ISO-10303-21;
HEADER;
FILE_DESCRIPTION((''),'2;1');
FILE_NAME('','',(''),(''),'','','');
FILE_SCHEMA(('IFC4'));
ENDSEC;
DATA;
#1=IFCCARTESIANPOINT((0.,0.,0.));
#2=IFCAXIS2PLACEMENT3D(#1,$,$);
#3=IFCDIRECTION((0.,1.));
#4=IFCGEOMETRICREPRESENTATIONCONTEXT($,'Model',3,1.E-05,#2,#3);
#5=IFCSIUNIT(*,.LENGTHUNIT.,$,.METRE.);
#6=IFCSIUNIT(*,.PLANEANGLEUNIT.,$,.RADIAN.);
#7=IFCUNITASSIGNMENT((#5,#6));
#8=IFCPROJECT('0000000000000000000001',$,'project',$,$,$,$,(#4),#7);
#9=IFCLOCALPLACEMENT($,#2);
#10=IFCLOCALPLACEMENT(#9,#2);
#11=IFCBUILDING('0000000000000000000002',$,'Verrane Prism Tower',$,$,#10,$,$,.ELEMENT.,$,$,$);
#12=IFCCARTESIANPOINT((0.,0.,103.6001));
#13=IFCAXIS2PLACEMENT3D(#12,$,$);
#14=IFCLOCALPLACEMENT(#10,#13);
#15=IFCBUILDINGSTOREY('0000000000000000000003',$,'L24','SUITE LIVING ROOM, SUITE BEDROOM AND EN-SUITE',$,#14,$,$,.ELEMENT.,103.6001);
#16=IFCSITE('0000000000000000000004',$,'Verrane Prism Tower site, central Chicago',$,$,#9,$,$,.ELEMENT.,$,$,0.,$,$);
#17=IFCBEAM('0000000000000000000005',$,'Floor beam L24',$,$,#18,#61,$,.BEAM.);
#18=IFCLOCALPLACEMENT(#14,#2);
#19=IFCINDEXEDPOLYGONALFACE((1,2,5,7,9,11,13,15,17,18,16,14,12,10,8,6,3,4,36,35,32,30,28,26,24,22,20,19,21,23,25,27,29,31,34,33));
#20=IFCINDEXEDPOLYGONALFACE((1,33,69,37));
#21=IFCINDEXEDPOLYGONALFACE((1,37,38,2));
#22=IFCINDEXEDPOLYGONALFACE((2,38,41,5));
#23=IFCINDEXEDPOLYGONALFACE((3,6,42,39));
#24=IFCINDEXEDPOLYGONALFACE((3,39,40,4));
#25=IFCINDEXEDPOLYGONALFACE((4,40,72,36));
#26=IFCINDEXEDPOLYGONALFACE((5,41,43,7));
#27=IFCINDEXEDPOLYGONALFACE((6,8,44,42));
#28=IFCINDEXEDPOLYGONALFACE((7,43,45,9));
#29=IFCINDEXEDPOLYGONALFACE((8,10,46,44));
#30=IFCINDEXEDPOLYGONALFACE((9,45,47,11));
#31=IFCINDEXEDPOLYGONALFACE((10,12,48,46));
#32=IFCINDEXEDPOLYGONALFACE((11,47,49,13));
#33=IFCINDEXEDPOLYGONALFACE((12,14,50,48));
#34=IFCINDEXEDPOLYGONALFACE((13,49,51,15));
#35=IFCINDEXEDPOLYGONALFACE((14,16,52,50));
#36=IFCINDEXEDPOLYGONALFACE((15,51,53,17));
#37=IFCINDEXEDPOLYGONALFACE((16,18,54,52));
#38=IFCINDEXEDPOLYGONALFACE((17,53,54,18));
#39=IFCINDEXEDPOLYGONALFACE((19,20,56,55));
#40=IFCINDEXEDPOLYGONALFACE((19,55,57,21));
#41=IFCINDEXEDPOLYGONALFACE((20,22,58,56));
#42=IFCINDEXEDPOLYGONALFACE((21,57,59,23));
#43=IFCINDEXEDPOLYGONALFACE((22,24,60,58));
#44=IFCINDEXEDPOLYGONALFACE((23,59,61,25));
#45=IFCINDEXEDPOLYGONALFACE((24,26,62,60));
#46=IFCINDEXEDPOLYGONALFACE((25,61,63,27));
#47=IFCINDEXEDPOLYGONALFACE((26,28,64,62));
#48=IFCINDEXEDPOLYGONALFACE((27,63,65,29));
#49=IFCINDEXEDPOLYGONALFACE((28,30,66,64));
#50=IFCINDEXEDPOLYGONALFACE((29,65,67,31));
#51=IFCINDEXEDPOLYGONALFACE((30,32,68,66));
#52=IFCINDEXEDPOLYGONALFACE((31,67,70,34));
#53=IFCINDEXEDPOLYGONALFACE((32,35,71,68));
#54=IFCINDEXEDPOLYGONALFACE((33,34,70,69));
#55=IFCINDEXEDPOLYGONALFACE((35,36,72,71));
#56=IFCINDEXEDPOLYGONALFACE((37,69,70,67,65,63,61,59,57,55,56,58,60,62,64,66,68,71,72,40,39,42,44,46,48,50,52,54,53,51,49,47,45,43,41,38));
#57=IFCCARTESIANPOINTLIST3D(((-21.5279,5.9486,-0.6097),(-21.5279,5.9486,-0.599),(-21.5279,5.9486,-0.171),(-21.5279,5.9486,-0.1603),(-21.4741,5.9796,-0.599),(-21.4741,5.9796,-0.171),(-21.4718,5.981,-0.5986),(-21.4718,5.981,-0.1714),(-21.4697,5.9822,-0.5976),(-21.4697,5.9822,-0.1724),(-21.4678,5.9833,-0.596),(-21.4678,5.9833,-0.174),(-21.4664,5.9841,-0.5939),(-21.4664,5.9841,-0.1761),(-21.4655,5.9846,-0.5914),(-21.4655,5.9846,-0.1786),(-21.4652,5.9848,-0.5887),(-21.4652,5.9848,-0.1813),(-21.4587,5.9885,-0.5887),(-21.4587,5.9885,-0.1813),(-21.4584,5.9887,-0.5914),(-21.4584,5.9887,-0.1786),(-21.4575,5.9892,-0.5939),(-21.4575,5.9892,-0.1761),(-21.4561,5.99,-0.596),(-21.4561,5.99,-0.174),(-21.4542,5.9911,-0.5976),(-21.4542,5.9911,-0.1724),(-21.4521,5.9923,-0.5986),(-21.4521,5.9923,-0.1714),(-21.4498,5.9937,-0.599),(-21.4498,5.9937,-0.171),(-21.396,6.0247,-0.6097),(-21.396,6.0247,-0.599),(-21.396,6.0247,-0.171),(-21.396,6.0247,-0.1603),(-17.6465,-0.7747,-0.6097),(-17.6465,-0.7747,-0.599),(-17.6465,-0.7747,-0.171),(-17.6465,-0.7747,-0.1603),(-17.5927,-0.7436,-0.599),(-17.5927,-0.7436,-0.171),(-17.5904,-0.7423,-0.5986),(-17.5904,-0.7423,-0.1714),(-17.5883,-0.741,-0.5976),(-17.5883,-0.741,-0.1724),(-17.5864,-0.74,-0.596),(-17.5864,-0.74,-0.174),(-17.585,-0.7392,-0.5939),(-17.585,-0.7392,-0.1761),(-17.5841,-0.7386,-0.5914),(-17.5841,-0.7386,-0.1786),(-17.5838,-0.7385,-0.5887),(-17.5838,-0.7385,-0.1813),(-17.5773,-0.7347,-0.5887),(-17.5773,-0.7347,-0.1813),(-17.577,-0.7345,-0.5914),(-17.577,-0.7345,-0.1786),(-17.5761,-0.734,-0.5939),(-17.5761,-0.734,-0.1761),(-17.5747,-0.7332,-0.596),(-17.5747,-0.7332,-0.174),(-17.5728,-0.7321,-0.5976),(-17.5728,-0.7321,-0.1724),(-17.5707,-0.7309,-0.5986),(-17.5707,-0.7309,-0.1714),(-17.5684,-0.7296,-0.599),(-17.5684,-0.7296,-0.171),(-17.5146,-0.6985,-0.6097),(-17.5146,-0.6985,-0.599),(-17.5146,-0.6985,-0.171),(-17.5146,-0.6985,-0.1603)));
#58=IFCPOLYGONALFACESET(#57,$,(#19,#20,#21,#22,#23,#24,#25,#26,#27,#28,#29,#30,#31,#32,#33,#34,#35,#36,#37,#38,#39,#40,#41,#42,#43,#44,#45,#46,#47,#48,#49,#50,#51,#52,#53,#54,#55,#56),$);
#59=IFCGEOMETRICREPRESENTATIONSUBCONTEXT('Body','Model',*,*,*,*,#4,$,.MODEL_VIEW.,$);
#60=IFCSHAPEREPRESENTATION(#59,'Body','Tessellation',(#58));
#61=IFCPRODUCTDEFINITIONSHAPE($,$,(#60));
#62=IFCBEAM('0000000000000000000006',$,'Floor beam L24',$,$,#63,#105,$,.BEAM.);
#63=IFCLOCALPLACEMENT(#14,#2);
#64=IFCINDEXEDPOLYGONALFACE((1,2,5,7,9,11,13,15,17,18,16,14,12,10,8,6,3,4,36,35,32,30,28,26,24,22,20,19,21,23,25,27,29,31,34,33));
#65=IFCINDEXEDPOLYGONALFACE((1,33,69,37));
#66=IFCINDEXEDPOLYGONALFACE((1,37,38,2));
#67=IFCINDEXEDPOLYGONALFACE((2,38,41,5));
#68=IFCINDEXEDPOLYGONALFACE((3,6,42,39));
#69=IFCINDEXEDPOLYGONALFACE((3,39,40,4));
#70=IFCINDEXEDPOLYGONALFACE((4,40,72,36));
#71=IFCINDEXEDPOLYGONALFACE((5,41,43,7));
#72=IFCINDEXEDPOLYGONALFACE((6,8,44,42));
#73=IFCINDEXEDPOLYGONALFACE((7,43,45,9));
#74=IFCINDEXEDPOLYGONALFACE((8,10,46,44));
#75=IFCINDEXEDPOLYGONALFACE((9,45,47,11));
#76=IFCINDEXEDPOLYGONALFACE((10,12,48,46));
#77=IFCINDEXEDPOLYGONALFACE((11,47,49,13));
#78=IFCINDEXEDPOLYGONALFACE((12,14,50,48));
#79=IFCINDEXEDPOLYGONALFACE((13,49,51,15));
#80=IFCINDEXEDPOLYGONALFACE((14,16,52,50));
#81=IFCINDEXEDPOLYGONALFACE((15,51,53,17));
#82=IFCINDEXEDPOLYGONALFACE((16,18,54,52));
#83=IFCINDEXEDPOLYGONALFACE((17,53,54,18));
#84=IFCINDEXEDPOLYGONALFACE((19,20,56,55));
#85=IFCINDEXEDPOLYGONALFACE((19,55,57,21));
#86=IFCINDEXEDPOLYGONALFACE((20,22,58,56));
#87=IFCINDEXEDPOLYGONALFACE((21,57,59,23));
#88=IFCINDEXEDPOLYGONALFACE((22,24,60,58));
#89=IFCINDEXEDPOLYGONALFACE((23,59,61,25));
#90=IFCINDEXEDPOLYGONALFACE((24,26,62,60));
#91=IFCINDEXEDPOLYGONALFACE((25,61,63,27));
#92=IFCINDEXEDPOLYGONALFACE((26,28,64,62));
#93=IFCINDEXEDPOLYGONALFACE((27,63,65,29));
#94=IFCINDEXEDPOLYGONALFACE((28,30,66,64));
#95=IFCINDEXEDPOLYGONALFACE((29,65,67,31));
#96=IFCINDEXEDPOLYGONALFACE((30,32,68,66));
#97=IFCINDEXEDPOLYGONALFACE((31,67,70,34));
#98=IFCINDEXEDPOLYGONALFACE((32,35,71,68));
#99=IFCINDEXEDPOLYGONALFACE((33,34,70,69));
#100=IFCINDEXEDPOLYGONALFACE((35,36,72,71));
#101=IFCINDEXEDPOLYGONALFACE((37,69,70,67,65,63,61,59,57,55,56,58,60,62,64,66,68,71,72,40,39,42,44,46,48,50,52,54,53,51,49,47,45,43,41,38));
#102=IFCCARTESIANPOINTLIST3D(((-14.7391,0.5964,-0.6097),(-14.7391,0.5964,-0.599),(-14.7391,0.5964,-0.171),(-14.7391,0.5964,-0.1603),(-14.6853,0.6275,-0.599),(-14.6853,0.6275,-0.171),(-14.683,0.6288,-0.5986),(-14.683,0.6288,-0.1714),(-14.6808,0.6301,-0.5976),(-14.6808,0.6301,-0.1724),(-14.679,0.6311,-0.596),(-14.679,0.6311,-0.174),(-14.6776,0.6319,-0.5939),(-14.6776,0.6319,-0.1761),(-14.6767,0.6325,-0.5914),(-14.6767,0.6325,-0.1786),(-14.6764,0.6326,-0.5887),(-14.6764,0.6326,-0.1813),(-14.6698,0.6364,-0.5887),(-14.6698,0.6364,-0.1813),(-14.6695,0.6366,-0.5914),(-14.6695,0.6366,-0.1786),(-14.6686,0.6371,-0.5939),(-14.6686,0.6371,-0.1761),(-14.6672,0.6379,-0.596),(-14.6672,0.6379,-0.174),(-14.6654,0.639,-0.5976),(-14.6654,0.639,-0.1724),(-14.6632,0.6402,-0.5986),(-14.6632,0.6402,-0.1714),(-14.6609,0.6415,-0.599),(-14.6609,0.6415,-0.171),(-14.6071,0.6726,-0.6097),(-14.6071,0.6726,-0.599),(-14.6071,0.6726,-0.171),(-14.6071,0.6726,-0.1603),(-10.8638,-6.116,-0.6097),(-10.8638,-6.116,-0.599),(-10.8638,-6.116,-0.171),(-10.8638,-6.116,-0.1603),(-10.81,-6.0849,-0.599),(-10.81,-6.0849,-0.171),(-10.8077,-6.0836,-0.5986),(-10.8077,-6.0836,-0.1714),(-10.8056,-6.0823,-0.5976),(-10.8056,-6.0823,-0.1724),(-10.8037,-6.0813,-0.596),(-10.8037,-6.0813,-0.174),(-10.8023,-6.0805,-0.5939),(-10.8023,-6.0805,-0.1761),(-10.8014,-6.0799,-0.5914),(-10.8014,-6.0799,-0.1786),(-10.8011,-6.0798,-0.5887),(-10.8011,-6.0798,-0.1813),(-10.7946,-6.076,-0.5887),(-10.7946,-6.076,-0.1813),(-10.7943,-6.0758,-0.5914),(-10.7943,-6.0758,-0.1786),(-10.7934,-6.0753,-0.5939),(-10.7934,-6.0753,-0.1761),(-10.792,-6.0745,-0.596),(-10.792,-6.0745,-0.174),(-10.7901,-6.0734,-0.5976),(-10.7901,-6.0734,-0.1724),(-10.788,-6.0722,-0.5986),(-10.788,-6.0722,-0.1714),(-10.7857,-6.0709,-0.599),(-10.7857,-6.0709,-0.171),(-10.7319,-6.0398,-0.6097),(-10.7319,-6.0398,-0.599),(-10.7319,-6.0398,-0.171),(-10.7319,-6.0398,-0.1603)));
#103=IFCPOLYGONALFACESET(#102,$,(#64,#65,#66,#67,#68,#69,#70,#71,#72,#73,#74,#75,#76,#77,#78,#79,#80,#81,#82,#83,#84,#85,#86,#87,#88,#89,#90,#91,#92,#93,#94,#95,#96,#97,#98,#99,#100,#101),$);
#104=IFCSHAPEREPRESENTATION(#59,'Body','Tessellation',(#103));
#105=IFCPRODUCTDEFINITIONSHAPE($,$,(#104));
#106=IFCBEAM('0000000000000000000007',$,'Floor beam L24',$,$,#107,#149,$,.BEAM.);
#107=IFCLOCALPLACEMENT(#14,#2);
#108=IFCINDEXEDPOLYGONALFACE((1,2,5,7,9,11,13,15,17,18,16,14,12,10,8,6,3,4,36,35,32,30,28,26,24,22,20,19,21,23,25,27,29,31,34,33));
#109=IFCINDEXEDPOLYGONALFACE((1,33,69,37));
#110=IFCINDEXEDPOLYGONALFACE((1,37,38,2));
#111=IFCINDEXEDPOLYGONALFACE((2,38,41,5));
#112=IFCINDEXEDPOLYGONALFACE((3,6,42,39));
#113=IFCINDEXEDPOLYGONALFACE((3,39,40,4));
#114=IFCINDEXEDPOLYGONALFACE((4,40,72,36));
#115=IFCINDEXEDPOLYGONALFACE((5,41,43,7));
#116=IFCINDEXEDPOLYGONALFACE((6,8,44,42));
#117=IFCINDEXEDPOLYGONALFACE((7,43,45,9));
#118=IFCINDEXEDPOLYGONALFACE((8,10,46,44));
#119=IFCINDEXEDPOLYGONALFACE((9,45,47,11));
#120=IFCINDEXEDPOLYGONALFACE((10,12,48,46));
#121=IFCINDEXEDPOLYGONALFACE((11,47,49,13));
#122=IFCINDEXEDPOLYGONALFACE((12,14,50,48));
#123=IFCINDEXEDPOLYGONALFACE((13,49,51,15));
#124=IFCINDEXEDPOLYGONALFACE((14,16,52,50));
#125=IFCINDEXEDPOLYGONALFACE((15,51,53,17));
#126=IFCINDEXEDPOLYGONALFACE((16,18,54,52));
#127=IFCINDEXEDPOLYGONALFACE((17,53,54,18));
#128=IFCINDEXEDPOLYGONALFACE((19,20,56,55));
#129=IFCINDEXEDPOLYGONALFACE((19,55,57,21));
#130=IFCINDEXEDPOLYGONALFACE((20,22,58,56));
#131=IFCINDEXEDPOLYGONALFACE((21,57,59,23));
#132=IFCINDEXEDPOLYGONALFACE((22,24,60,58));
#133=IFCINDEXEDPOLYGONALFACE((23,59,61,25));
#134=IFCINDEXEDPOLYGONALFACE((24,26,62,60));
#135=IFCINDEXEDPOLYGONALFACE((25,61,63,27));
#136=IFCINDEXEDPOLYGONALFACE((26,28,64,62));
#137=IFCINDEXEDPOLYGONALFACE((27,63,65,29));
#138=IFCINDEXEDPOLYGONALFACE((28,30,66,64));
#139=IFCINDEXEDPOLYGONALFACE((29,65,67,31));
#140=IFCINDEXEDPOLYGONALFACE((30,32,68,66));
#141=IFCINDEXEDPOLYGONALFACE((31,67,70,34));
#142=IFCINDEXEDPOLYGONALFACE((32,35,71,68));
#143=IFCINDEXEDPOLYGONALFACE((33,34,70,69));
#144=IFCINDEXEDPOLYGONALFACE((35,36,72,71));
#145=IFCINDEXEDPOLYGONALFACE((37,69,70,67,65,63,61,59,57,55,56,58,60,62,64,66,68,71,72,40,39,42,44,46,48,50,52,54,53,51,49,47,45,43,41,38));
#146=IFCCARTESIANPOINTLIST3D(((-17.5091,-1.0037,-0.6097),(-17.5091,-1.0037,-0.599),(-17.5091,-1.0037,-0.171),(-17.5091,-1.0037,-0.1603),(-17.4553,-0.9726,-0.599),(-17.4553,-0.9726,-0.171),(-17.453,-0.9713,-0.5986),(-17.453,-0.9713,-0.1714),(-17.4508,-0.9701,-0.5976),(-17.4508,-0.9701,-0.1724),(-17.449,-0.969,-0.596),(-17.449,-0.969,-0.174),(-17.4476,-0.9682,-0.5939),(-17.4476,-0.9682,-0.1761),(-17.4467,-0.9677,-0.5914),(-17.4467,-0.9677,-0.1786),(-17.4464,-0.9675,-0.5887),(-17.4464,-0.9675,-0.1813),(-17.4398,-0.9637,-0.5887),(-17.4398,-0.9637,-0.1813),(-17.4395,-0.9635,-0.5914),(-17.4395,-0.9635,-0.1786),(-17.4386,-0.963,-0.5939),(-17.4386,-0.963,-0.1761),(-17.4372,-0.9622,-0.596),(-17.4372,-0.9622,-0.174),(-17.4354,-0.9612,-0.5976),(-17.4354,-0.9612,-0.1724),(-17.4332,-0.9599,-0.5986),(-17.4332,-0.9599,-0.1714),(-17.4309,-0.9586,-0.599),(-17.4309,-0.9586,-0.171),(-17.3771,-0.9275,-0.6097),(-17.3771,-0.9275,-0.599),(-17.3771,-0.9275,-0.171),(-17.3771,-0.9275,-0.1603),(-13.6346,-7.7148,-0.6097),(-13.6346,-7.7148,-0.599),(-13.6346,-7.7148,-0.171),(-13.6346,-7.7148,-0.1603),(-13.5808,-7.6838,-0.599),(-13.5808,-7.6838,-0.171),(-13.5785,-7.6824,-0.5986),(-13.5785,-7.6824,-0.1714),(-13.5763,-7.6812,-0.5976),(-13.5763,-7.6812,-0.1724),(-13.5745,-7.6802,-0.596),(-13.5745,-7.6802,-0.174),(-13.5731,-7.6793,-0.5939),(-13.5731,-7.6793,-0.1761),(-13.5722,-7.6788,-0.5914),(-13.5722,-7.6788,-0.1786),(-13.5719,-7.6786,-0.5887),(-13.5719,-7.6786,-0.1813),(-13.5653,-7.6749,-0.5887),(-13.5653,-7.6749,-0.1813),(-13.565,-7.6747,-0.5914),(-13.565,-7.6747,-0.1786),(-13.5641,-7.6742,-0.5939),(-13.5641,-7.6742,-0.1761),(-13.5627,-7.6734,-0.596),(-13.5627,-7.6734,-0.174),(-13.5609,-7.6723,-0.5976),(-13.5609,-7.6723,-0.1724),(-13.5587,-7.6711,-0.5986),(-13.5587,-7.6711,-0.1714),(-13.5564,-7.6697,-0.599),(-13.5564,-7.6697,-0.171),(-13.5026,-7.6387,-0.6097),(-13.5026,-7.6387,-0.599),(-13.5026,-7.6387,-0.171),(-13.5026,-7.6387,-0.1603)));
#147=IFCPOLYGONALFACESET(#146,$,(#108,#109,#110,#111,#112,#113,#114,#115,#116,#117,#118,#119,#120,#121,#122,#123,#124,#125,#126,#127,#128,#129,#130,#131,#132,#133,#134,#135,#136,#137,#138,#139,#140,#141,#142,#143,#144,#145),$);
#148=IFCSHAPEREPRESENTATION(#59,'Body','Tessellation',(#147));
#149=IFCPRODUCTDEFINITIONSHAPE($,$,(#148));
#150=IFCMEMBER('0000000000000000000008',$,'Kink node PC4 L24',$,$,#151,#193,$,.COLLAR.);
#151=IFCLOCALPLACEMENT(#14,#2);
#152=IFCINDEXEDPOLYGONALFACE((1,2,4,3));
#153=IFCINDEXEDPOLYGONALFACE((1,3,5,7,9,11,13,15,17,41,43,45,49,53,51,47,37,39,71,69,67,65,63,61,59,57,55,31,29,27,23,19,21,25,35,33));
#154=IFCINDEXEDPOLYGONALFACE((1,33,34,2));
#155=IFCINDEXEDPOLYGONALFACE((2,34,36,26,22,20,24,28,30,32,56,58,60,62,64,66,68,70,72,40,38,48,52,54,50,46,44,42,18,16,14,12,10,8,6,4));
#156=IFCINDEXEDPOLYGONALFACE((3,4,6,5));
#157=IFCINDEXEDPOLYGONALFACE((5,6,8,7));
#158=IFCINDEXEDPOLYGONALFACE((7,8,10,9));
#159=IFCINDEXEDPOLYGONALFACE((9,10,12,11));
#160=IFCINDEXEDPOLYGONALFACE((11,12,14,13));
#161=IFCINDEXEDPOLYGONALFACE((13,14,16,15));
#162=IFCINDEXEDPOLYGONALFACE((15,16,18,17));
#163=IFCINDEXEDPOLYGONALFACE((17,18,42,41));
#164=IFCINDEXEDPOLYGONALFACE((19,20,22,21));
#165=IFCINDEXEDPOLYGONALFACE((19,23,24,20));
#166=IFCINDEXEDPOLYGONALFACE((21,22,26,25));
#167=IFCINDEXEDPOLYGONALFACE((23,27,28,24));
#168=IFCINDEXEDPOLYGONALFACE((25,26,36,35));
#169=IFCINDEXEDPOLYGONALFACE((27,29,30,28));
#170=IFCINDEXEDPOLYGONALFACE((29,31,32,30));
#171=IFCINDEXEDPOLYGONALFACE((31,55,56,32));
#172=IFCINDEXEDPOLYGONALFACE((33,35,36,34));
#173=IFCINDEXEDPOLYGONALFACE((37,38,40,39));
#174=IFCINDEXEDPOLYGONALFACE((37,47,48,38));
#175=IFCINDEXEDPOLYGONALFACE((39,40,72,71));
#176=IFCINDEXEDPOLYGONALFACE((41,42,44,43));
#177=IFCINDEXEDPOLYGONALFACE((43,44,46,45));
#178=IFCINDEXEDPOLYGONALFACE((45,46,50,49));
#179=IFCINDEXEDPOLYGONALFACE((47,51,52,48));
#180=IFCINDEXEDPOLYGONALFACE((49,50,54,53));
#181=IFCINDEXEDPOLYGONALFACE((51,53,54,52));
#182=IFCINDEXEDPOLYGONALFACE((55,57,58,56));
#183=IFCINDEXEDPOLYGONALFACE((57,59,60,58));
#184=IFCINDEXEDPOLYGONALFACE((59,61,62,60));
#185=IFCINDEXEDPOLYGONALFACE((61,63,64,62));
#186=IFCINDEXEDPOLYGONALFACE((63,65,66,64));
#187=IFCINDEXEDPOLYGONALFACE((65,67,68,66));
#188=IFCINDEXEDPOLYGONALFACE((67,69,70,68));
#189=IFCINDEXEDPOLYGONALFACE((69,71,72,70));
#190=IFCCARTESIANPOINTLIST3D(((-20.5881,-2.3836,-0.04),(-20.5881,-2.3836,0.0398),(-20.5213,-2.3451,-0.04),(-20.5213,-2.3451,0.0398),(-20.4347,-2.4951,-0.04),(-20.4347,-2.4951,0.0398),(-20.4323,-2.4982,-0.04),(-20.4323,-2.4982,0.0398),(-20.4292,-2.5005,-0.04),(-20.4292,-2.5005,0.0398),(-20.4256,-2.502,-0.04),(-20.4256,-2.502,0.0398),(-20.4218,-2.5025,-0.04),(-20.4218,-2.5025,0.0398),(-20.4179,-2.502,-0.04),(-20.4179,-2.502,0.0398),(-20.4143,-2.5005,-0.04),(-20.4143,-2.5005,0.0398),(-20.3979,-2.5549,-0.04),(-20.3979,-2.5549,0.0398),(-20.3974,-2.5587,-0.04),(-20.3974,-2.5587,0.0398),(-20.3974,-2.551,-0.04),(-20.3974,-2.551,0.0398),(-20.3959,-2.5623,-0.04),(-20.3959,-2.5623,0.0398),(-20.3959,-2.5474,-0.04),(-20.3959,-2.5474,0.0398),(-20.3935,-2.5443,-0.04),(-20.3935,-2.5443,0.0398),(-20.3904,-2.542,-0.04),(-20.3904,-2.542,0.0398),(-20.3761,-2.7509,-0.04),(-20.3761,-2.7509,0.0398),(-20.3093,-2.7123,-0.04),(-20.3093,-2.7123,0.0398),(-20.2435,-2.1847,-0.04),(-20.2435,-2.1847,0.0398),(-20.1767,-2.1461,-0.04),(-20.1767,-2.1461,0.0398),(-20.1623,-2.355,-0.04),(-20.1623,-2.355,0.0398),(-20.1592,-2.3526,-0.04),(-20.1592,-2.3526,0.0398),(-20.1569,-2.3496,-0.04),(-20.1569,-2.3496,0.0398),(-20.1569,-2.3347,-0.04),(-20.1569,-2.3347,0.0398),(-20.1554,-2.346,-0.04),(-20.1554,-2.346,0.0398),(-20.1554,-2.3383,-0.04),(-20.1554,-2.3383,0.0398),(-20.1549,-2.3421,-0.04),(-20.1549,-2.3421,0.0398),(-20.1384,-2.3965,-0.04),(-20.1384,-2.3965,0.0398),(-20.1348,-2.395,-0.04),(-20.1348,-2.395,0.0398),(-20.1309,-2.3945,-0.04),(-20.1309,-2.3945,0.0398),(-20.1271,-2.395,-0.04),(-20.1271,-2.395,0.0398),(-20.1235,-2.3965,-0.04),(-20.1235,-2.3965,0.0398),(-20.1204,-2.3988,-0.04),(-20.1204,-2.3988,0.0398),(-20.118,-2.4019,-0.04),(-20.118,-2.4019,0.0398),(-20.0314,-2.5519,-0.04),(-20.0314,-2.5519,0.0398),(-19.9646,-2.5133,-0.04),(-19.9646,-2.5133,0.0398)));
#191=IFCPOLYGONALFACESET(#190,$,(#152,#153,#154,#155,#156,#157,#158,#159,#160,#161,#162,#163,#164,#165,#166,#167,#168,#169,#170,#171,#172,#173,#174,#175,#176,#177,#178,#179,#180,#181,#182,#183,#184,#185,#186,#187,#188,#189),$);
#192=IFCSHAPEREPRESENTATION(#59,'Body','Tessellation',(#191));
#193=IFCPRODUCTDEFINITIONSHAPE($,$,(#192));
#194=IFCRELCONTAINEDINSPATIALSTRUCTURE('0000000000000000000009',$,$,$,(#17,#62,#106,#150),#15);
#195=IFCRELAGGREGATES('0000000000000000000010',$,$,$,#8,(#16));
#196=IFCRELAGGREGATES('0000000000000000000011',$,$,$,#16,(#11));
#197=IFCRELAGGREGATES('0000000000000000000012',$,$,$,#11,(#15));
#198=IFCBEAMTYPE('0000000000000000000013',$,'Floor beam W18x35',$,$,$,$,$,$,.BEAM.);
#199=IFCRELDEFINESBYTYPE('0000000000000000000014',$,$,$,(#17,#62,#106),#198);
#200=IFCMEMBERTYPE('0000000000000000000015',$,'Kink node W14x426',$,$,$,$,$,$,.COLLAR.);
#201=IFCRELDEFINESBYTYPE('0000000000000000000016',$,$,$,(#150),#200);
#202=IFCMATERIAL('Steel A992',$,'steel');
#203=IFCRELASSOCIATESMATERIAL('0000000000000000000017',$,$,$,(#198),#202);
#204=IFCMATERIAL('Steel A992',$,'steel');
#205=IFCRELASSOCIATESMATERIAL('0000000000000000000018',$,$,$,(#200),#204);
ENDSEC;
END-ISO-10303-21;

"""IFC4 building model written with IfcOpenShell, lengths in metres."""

from ifc_helpers import new_model, si_unit, direction, frame, origin, origin_2d, place, context, subcontext, project, spatial, i_section, extrude, material, material_profile, profile_set, type_object, element, save


model = new_model("IFC4")

# Units and contexts
model_context = context("Model", 3, precision=1e-05, world=origin(), true_north=direction((0.0, 1.0)))
body_context = subcontext(model_context, "Body", "Model", "MODEL_VIEW")
ifc_project = project(units=[si_unit("LENGTHUNIT", "METRE"), si_unit("PLANEANGLEUNIT", "RADIAN")], contexts=[model_context])

# Site, building, storey
site_placement = place(None, origin())
site = spatial("IfcSite", under=ifc_project, at=site_placement, Name="Verrane Prism Tower site, central Chicago", CompositionType="ELEMENT", RefElevation=0.0)
building_placement = place(site_placement, origin())
building = spatial("IfcBuilding", under=site, at=building_placement, Name="Verrane Prism Tower", CompositionType="ELEMENT")
storey_placement = place(building_placement, frame((0.0, 0.0, 103.6001)))
storey = spatial("IfcBuildingStorey", under=building, at=storey_placement, Name="L24", Description="SUITE LIVING ROOM, SUITE BEDROOM AND EN-SUITE", CompositionType="ELEMENT", Elevation=103.6001)

# Beams
ifc_material_1 = material(Name="Steel A992", Category="steel")
ifc_material_profile_1 = material_profile(ifc_material_1, i_section(OverallWidth=0.1523, OverallDepth=0.4495, WebThickness=0.0076, FlangeThickness=0.0107, FilletRadius=0.0103, at=origin_2d()), Name="W18x35")
ifc_profile_set_1 = profile_set([ifc_material_profile_1], Name="Steel A992")
beam_type_1 = type_object("IfcBeamType", Name="Floor beam W18x35", PredefinedType="BEAM", material=ifc_profile_set_1)
beam_1_placement = place(storey_placement, frame((-17.5806, -0.7366, -0.385), z_axis=(-0.499975, 0.86604, 0.0), x_axis=(-0.86604, -0.499975, 0.0)))
element("IfcBeam", 1, at=beam_1_placement, inside=storey, type_object=beam_type_1, Name="Floor beam L24", PredefinedType="BEAM", context=body_context, shape_type="SweptSolid", body=[
    extrude(i_section(OverallWidth=0.1523, OverallDepth=0.4495, WebThickness=0.0076, FlangeThickness=0.0107, FilletRadius=0.0103, at=origin_2d()), origin(), (0.0, 0.0, 1.0), 7.7632),
])
beam_2_placement = place(storey_placement, frame((-10.7979, -6.0779, -0.385), z_axis=(-0.499984, 0.866035, 0.0), x_axis=(-0.866035, -0.499984, 0.0)))
element("IfcBeam", 2, at=beam_2_placement, inside=storey, type_object=beam_type_1, Name="Floor beam L24", PredefinedType="BEAM", context=body_context, shape_type="SweptSolid", body=[
    extrude(i_section(OverallWidth=0.1523, OverallDepth=0.4495, WebThickness=0.0076, FlangeThickness=0.0107, FilletRadius=0.0103, at=origin_2d()), origin(), (0.0, 0.0, 1.0), 7.7507),
])
beam_3_placement = place(storey_placement, frame((-13.5686, -7.6768, -0.385), z_axis=(-0.499982, 0.866036, 0.0), x_axis=(-0.866036, -0.499982, 0.0)))
element("IfcBeam", 3, at=beam_3_placement, inside=storey, type_object=beam_type_1, Name="Floor beam L24", PredefinedType="BEAM", context=body_context, shape_type="SweptSolid", body=[
    extrude(i_section(OverallWidth=0.1523, OverallDepth=0.4495, WebThickness=0.0076, FlangeThickness=0.0107, FilletRadius=0.0103, at=origin_2d()), origin(), (0.0, 0.0, 1.0), 7.7493),
])

# Member
ifc_material_2 = material(Name="Steel A992", Category="steel")
ifc_material_profile_2 = material_profile(ifc_material_2, i_section(OverallWidth=0.4241, OverallDepth=0.4751, WebThickness=0.0479, FlangeThickness=0.0771, FilletRadius=0.0149, at=origin_2d()), Name="W14x426")
ifc_profile_set_2 = profile_set([ifc_material_profile_2], Name="Steel A992")
member_type_1 = type_object("IfcMemberType", Name="Kink node W14x426", PredefinedType="COLLAR", material=ifc_profile_set_2)
member_1_placement = place(storey_placement, frame((-20.2764, -2.4485, -0.04), z_axis=(0.0, 0.0, 1.0), x_axis=(-0.5, 0.866025, 0.0)))
element("IfcMember", 4, at=member_1_placement, inside=storey, type_object=member_type_1, Name="Kink node PC4 L24", PredefinedType="COLLAR", context=body_context, shape_type="SweptSolid", body=[
    extrude(i_section(OverallWidth=0.4241, OverallDepth=0.4751, WebThickness=0.0479, FlangeThickness=0.0771, FilletRadius=0.0149, at=origin_2d()), origin(), (0.0, 0.0, 1.0), 0.0798),
])

save(model, "model.ifc")
